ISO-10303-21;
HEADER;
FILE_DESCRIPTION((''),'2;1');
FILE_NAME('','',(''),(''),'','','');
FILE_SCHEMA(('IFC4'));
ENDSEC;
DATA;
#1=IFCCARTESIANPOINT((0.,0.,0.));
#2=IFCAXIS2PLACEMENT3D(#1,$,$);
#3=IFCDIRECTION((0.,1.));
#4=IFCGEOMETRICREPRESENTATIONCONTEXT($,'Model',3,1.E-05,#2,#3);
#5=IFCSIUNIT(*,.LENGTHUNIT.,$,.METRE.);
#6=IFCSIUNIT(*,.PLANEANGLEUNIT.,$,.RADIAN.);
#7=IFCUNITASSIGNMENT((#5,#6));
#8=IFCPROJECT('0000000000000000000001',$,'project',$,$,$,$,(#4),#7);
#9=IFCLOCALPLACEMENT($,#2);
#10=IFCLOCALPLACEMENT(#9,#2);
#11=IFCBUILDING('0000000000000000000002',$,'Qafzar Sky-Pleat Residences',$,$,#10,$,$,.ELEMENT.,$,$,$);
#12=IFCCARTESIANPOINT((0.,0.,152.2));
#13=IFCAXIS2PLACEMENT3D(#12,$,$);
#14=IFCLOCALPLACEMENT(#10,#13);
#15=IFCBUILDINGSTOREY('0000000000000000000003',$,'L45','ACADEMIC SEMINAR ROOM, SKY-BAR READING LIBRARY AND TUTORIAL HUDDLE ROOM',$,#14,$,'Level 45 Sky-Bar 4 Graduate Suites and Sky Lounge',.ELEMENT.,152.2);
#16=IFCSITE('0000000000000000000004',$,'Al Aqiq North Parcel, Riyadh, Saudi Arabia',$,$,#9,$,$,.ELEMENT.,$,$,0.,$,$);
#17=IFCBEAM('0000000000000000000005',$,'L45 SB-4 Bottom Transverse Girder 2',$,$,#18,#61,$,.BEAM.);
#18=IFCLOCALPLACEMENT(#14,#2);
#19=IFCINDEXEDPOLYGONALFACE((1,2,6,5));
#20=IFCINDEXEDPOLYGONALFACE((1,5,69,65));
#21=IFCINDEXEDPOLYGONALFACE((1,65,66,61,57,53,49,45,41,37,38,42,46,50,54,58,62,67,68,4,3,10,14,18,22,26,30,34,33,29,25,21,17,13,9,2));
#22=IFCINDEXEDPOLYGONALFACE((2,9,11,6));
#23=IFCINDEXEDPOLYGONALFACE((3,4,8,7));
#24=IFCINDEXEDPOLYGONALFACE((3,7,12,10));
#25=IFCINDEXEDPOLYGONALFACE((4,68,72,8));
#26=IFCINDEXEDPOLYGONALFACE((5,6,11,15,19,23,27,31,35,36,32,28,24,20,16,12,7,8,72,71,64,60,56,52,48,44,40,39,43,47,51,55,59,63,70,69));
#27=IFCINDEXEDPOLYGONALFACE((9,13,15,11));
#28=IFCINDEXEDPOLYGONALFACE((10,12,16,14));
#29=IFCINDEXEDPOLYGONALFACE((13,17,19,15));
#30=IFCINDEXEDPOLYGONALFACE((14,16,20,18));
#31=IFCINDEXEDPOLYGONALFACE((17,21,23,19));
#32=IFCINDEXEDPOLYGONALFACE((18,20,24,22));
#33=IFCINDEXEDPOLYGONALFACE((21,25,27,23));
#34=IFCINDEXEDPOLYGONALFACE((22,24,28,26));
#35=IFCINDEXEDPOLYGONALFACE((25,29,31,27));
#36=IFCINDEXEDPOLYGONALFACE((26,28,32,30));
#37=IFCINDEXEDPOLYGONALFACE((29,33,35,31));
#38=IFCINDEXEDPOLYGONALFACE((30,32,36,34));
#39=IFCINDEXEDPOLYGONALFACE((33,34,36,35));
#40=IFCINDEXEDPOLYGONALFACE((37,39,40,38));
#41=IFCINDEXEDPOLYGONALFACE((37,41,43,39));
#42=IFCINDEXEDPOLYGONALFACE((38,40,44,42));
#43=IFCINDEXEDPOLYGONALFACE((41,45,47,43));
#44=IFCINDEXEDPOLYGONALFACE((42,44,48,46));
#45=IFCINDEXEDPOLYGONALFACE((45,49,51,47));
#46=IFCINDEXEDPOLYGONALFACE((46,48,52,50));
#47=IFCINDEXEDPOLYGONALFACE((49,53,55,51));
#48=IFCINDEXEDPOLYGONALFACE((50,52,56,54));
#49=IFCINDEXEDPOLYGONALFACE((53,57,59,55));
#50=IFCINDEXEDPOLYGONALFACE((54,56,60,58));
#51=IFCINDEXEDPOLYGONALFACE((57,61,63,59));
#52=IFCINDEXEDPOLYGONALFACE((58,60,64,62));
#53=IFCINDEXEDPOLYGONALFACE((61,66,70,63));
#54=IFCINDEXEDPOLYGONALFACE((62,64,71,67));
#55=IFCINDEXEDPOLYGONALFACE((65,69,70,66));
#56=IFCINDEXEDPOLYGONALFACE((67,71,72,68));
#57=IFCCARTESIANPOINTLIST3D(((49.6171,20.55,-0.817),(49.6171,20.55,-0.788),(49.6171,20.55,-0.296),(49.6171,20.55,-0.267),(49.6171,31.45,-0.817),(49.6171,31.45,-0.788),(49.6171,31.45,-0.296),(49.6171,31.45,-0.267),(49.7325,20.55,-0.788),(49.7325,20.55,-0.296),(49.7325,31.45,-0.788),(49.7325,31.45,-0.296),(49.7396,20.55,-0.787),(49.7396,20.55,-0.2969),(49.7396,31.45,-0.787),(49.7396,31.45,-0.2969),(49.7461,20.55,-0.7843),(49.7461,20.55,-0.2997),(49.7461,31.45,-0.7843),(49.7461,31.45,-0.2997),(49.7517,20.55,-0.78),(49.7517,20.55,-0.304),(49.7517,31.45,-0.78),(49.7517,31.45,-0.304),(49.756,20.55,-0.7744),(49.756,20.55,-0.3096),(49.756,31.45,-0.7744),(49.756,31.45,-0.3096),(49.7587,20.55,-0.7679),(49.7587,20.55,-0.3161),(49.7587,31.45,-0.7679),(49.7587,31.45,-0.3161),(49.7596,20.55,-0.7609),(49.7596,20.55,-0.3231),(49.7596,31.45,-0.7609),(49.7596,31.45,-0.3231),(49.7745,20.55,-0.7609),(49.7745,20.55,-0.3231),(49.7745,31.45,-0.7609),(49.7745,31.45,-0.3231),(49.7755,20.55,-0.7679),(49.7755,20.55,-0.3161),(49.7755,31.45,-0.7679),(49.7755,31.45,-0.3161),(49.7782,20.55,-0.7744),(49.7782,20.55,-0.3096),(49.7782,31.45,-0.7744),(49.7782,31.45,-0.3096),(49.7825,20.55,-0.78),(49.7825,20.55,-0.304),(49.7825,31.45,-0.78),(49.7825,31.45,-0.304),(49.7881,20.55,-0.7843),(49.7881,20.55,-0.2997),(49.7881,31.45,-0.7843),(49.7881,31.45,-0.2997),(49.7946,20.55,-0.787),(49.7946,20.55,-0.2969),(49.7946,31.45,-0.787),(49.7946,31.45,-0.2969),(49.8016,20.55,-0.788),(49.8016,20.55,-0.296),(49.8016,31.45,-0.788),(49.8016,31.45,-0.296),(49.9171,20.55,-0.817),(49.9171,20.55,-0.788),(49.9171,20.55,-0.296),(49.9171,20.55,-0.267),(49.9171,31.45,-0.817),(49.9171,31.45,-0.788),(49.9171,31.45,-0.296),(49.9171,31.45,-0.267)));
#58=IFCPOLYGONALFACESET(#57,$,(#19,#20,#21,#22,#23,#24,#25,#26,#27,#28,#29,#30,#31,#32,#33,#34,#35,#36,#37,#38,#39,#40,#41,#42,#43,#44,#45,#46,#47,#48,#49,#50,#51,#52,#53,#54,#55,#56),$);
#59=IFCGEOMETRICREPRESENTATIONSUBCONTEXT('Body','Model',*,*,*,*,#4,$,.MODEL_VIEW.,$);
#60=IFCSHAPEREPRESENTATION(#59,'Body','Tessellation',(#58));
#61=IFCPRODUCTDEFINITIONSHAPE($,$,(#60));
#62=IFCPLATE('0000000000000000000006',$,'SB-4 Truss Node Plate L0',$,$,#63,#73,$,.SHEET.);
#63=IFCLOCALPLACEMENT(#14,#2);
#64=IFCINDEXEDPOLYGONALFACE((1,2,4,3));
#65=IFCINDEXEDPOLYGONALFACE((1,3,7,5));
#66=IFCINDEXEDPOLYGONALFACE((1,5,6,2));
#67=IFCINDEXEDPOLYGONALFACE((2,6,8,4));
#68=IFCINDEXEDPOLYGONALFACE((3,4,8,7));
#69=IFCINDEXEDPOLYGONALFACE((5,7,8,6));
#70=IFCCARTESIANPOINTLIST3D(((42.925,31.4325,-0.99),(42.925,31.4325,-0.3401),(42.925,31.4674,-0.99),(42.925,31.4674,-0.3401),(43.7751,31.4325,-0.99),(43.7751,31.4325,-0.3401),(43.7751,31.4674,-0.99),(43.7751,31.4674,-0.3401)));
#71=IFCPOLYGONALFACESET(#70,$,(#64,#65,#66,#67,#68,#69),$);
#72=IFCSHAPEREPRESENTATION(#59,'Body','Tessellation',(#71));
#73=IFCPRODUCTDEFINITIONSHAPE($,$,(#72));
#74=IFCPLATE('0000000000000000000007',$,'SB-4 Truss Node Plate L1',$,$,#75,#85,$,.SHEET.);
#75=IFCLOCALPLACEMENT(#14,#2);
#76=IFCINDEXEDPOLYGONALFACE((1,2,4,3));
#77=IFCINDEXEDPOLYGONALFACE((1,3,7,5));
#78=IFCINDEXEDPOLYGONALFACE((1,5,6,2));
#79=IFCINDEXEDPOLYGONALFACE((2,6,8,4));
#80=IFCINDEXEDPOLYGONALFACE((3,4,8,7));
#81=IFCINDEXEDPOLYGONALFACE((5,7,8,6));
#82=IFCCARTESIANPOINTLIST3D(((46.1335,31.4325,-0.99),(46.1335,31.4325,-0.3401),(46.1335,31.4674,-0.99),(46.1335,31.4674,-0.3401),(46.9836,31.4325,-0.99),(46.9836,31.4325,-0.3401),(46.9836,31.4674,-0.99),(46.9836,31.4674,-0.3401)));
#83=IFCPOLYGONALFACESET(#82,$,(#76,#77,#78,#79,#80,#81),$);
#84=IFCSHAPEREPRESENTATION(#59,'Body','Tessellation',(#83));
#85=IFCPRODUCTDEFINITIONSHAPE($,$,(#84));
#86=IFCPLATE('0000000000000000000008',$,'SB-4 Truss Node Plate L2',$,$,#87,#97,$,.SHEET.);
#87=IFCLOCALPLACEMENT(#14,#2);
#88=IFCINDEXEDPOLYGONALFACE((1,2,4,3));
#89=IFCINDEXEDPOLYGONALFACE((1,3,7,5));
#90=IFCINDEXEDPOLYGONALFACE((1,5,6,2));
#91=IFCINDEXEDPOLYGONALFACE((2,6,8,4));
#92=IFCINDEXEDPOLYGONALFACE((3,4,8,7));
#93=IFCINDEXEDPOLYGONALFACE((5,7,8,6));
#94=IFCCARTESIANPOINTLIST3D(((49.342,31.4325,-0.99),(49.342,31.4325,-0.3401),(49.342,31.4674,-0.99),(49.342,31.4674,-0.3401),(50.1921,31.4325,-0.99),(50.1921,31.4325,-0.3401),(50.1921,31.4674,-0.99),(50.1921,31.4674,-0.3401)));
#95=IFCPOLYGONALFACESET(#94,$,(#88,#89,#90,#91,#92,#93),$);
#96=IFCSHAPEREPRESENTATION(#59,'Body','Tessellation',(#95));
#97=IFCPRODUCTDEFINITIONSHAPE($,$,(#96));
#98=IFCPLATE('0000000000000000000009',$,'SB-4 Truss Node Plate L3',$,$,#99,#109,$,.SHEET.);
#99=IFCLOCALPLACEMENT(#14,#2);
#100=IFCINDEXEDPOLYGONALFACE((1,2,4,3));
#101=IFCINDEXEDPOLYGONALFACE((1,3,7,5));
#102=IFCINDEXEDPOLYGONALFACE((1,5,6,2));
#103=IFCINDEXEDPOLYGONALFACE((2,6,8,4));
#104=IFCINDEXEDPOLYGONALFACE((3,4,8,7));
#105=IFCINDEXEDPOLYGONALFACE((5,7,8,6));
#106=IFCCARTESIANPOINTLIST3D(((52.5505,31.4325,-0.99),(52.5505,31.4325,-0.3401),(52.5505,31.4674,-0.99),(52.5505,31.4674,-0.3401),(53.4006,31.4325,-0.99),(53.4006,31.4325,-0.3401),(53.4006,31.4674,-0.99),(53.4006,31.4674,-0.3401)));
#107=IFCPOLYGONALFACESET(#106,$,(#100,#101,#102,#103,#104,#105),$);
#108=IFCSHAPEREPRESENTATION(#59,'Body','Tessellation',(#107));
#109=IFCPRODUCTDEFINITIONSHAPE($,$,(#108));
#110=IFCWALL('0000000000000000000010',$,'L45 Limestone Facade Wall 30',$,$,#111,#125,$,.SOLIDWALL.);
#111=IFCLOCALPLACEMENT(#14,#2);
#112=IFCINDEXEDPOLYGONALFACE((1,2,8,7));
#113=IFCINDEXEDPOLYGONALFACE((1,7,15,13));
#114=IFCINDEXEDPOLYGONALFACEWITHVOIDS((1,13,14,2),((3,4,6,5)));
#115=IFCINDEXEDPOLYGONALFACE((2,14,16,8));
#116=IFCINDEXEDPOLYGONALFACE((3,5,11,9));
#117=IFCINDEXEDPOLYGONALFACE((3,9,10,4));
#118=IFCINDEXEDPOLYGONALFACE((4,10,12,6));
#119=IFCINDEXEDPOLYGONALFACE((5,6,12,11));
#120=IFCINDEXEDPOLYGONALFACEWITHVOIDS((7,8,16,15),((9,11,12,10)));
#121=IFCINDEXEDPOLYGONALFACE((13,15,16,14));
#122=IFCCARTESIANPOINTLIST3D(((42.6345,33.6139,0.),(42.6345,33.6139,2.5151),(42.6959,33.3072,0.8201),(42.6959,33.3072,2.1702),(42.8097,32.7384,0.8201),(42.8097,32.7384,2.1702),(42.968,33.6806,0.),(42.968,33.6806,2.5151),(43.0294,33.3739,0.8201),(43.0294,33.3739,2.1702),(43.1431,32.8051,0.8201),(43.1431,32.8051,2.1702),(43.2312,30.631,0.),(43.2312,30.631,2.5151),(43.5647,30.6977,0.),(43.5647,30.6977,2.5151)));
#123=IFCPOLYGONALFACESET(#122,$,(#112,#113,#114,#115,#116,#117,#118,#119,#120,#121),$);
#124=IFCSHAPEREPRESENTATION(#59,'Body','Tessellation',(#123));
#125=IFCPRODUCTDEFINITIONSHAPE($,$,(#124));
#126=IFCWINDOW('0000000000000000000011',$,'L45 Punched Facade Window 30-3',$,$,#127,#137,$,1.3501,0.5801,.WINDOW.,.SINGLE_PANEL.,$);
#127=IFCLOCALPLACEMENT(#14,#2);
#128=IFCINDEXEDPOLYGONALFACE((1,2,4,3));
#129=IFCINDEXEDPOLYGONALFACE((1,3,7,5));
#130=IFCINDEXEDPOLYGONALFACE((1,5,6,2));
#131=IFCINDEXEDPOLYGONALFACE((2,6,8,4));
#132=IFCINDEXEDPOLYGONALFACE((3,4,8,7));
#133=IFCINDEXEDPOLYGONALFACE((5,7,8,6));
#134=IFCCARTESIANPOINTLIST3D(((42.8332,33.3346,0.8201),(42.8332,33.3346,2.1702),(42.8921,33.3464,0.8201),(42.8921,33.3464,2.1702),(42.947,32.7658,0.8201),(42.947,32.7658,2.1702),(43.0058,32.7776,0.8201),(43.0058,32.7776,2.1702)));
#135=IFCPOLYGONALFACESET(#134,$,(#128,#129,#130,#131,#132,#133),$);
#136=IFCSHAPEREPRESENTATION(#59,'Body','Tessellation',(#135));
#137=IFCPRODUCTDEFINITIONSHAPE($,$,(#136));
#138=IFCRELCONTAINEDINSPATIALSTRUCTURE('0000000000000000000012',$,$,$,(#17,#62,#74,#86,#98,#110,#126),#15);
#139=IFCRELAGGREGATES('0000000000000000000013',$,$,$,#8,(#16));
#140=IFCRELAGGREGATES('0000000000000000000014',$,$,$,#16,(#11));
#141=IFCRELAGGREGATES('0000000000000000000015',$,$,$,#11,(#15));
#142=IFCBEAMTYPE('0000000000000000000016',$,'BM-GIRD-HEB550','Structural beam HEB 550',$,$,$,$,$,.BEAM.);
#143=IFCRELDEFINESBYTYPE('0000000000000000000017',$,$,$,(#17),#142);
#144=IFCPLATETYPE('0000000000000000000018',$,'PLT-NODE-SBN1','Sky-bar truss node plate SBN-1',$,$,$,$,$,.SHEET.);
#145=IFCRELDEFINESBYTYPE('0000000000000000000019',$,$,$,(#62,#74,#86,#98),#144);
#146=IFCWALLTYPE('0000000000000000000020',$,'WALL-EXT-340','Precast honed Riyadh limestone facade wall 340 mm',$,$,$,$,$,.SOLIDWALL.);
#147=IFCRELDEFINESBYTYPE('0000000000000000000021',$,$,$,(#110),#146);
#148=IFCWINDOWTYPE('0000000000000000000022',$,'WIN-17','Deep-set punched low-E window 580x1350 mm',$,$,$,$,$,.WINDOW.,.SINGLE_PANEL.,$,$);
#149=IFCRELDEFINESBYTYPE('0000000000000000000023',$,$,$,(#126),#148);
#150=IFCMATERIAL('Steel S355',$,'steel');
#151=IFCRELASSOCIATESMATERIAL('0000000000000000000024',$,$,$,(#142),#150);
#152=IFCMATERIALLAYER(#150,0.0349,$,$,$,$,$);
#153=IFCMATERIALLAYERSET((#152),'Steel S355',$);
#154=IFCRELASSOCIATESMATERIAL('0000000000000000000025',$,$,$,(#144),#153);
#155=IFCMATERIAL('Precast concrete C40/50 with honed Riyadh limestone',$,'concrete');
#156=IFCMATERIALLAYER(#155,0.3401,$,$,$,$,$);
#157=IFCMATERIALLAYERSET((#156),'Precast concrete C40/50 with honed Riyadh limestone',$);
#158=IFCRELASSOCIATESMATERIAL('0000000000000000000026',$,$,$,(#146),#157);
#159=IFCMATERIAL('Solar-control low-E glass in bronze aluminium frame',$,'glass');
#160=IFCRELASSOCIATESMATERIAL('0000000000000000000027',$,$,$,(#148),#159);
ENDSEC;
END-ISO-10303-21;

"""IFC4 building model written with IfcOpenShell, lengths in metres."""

from ifc_helpers import new_model, si_unit, direction, frame, frame_2d, origin, origin_2d, place, context, subcontext, project, spatial, rectangle, i_section, extrude, source, transform, mapped, material, layer, layer_set, material_profile, profile_set, type_object, element, fill, save


model = new_model("IFC4")

# Units and contexts
model_context = context("Model", 3, precision=1e-05, world=origin(), true_north=direction((0.0, 1.0)))
body_context = subcontext(model_context, "Body", "Model", "MODEL_VIEW")
ifc_project = project(units=[si_unit("LENGTHUNIT", "METRE"), si_unit("PLANEANGLEUNIT", "RADIAN")], contexts=[model_context])

# Site, building, storey
site_placement = place(None, origin())
site = spatial("IfcSite", under=ifc_project, at=site_placement, Name="Al Aqiq North Parcel, Riyadh, Saudi Arabia", CompositionType="ELEMENT", RefElevation=0.0)
building_placement = place(site_placement, origin())
building = spatial("IfcBuilding", under=site, at=building_placement, Name="Qafzar Sky-Pleat Residences", CompositionType="ELEMENT")
storey_placement = place(building_placement, frame((0.0, 0.0, 152.2)))
storey = spatial("IfcBuildingStorey", under=building, at=storey_placement, Name="L45", Description="ACADEMIC SEMINAR ROOM, SKY-BAR READING LIBRARY AND TUTORIAL HUDDLE ROOM", LongName="Level 45 Sky-Bar 4 Graduate Suites and Sky Lounge", CompositionType="ELEMENT", Elevation=152.2)

# Beam
ifc_material_1 = material(Name="Steel S355", Category="steel")
ifc_material_profile_1 = material_profile(ifc_material_1, i_section(OverallWidth=0.3, OverallDepth=0.55, WebThickness=0.0149, FlangeThickness=0.0291, FilletRadius=0.0271, at=origin_2d()), Name="HEB 550")
ifc_profile_set_1 = profile_set([ifc_material_profile_1], Name="Steel S355")
beam_type_1 = type_object("IfcBeamType", Name="BM-GIRD-HEB550", Description="Structural beam HEB 550", PredefinedType="BEAM", material=ifc_profile_set_1)
shared_shape_1 = source(origin(), body_context, "Body", "SweptSolid", [
    extrude(i_section(OverallWidth=0.3, OverallDepth=0.55, WebThickness=0.0149, FlangeThickness=0.0291, FilletRadius=0.0271, at=origin_2d()), origin(), (0.0, 0.0, 1.0), 10.8999),
])
for number, where, z_axis, x_axis, name in (
    (1, (49.7671, 31.45, -0.542), (0.0, -1.0, 0.0), (1.0, 0.0, 0.0), "L45 SB-4 Bottom Transverse Girder 2"),
):
    element("IfcBeam", number, at=place(storey_placement, frame(where, z_axis=z_axis, x_axis=x_axis)), inside=storey, type_object=beam_type_1, Name=name, PredefinedType="BEAM", context=body_context, shape_type="MappedRepresentation", body=[
        mapped(shared_shape_1, transform((0.0, 0.0, 0.0), x_axis=(1.0, 0.0, 0.0), y_axis=(0.0, 1.0, 0.0), z_axis=(0.0, 0.0, 1.0), scale=1.0)),
    ])

# Plates
ifc_layer_1 = layer(ifc_material_1, 0.0349)
ifc_layer_set_1 = layer_set([ifc_layer_1], Name="Steel S355")
plate_type = type_object("IfcPlateType", Name="PLT-NODE-SBN1", Description="Sky-bar truss node plate SBN-1", PredefinedType="SHEET", material=ifc_layer_set_1)
shared_shape_2 = source(origin(), body_context, "Body", "SweptSolid", [
    extrude(rectangle(XDim=0.8501, YDim=0.0349, at=origin_2d()), origin(), (0.0, 0.0, 1.0), 0.6499),
])
for number, where, z_axis, x_axis, name in (
    (2, (43.3501, 31.45, -0.99), (0.0, 0.0, 1.0), (1.0, 0.0, 0.0), "SB-4 Truss Node Plate L0"),
    (3, (46.5586, 31.45, -0.99), (0.0, 0.0, 1.0), (1.0, 0.0, 0.0), "SB-4 Truss Node Plate L1"),
    (4, (49.7671, 31.45, -0.99), (0.0, 0.0, 1.0), (1.0, 0.0, 0.0), "SB-4 Truss Node Plate L2"),
    (5, (52.9756, 31.45, -0.99), (0.0, 0.0, 1.0), (1.0, 0.0, 0.0), "SB-4 Truss Node Plate L3"),
):
    element("IfcPlate", number, at=place(storey_placement, frame(where, z_axis=z_axis, x_axis=x_axis)), inside=storey, type_object=plate_type, Name=name, PredefinedType="SHEET", context=body_context, shape_type="MappedRepresentation", body=[
        mapped(shared_shape_2, transform((0.0, 0.0, 0.0), x_axis=(1.0, 0.0, 0.0), y_axis=(0.0, 1.0, 0.0), z_axis=(0.0, 0.0, 1.0), scale=1.0)),
    ])

# Wall, opening, window
ifc_material_2 = material(Name="Precast concrete C40/50 with honed Riyadh limestone", Category="concrete")
ifc_layer_2 = layer(ifc_material_2, 0.3401)
ifc_layer_set_2 = layer_set([ifc_layer_2], Name="Precast concrete C40/50 with honed Riyadh limestone")
wall_type = type_object("IfcWallType", Name="WALL-EXT-340", Description="Precast honed Riyadh limestone facade wall 340 mm", PredefinedType="SOLIDWALL", material=ifc_layer_set_2)
wall_placement = place(storey_placement, frame((43.3979, 30.6643, 0.0), z_axis=(0.0, 0.0, 1.0), x_axis=(-0.196147, 0.980575, 0.0)))
wall = element("IfcWall", 6, at=wall_placement, inside=storey, type_object=wall_type, Name="L45 Limestone Facade Wall 30", PredefinedType="SOLIDWALL", context=body_context, shape_type="SweptSolid", body=[
    extrude(rectangle(XDim=3.042, YDim=0.3401, at=frame_2d((1.521, 0.0))), origin(), (0.0, 0.0, 1.0), 2.5151),
])
opening_placement = place(wall_placement, frame((2.1492, 0.0, 0.8201)))
opening = element("IfcOpeningElement", 7, at=opening_placement, cuts=wall, PredefinedType="OPENING", context=body_context, shape_type="SweptSolid", body=[
    extrude(rectangle(XDim=0.5801, YDim=1.3501, at=frame_2d((0.29, 0.675))), frame((0.0, 0.1802, 0.0), z_axis=(0.0, -1.0, 0.0), x_axis=(1.0, 0.0, 0.0)), (0.0, 0.0, 1.0), 0.3601),
])
ifc_material_3 = material(Name="Solar-control low-E glass in bronze aluminium frame", Category="glass")
window_type = type_object("IfcWindowType", Name="WIN-17", Description="Deep-set punched low-E window 580x1350 mm", PartitioningType="SINGLE_PANEL", PredefinedType="WINDOW", material=ifc_material_3)
shared_shape_3 = source(origin(), body_context, "Body", "SweptSolid", [
    extrude(rectangle(XDim=0.5801, YDim=1.3501, at=frame_2d((0.29, 0.675))), frame((0.0, 0.03, 0.0), z_axis=(0.0, -1.0, 0.0), x_axis=(1.0, 0.0, 0.0)), (0.0, 0.0, 1.0), 0.0601),
])
window_placement = place(opening_placement, origin())
window = element("IfcWindow", 8, at=window_placement, inside=storey, type_object=window_type, Name="L45 Punched Facade Window 30-3", OverallHeight=1.3501, OverallWidth=0.5801, PartitioningType="SINGLE_PANEL", PredefinedType="WINDOW", context=body_context, shape_type="MappedRepresentation", body=[
    mapped(shared_shape_3, transform((0.0, 0.0, 0.0), x_axis=(1.0, 0.0, 0.0), y_axis=(0.0, 1.0, 0.0), z_axis=(0.0, 0.0, 1.0), scale=1.0)),
])
fill(opening, window)

save(model, "model.ifc")
